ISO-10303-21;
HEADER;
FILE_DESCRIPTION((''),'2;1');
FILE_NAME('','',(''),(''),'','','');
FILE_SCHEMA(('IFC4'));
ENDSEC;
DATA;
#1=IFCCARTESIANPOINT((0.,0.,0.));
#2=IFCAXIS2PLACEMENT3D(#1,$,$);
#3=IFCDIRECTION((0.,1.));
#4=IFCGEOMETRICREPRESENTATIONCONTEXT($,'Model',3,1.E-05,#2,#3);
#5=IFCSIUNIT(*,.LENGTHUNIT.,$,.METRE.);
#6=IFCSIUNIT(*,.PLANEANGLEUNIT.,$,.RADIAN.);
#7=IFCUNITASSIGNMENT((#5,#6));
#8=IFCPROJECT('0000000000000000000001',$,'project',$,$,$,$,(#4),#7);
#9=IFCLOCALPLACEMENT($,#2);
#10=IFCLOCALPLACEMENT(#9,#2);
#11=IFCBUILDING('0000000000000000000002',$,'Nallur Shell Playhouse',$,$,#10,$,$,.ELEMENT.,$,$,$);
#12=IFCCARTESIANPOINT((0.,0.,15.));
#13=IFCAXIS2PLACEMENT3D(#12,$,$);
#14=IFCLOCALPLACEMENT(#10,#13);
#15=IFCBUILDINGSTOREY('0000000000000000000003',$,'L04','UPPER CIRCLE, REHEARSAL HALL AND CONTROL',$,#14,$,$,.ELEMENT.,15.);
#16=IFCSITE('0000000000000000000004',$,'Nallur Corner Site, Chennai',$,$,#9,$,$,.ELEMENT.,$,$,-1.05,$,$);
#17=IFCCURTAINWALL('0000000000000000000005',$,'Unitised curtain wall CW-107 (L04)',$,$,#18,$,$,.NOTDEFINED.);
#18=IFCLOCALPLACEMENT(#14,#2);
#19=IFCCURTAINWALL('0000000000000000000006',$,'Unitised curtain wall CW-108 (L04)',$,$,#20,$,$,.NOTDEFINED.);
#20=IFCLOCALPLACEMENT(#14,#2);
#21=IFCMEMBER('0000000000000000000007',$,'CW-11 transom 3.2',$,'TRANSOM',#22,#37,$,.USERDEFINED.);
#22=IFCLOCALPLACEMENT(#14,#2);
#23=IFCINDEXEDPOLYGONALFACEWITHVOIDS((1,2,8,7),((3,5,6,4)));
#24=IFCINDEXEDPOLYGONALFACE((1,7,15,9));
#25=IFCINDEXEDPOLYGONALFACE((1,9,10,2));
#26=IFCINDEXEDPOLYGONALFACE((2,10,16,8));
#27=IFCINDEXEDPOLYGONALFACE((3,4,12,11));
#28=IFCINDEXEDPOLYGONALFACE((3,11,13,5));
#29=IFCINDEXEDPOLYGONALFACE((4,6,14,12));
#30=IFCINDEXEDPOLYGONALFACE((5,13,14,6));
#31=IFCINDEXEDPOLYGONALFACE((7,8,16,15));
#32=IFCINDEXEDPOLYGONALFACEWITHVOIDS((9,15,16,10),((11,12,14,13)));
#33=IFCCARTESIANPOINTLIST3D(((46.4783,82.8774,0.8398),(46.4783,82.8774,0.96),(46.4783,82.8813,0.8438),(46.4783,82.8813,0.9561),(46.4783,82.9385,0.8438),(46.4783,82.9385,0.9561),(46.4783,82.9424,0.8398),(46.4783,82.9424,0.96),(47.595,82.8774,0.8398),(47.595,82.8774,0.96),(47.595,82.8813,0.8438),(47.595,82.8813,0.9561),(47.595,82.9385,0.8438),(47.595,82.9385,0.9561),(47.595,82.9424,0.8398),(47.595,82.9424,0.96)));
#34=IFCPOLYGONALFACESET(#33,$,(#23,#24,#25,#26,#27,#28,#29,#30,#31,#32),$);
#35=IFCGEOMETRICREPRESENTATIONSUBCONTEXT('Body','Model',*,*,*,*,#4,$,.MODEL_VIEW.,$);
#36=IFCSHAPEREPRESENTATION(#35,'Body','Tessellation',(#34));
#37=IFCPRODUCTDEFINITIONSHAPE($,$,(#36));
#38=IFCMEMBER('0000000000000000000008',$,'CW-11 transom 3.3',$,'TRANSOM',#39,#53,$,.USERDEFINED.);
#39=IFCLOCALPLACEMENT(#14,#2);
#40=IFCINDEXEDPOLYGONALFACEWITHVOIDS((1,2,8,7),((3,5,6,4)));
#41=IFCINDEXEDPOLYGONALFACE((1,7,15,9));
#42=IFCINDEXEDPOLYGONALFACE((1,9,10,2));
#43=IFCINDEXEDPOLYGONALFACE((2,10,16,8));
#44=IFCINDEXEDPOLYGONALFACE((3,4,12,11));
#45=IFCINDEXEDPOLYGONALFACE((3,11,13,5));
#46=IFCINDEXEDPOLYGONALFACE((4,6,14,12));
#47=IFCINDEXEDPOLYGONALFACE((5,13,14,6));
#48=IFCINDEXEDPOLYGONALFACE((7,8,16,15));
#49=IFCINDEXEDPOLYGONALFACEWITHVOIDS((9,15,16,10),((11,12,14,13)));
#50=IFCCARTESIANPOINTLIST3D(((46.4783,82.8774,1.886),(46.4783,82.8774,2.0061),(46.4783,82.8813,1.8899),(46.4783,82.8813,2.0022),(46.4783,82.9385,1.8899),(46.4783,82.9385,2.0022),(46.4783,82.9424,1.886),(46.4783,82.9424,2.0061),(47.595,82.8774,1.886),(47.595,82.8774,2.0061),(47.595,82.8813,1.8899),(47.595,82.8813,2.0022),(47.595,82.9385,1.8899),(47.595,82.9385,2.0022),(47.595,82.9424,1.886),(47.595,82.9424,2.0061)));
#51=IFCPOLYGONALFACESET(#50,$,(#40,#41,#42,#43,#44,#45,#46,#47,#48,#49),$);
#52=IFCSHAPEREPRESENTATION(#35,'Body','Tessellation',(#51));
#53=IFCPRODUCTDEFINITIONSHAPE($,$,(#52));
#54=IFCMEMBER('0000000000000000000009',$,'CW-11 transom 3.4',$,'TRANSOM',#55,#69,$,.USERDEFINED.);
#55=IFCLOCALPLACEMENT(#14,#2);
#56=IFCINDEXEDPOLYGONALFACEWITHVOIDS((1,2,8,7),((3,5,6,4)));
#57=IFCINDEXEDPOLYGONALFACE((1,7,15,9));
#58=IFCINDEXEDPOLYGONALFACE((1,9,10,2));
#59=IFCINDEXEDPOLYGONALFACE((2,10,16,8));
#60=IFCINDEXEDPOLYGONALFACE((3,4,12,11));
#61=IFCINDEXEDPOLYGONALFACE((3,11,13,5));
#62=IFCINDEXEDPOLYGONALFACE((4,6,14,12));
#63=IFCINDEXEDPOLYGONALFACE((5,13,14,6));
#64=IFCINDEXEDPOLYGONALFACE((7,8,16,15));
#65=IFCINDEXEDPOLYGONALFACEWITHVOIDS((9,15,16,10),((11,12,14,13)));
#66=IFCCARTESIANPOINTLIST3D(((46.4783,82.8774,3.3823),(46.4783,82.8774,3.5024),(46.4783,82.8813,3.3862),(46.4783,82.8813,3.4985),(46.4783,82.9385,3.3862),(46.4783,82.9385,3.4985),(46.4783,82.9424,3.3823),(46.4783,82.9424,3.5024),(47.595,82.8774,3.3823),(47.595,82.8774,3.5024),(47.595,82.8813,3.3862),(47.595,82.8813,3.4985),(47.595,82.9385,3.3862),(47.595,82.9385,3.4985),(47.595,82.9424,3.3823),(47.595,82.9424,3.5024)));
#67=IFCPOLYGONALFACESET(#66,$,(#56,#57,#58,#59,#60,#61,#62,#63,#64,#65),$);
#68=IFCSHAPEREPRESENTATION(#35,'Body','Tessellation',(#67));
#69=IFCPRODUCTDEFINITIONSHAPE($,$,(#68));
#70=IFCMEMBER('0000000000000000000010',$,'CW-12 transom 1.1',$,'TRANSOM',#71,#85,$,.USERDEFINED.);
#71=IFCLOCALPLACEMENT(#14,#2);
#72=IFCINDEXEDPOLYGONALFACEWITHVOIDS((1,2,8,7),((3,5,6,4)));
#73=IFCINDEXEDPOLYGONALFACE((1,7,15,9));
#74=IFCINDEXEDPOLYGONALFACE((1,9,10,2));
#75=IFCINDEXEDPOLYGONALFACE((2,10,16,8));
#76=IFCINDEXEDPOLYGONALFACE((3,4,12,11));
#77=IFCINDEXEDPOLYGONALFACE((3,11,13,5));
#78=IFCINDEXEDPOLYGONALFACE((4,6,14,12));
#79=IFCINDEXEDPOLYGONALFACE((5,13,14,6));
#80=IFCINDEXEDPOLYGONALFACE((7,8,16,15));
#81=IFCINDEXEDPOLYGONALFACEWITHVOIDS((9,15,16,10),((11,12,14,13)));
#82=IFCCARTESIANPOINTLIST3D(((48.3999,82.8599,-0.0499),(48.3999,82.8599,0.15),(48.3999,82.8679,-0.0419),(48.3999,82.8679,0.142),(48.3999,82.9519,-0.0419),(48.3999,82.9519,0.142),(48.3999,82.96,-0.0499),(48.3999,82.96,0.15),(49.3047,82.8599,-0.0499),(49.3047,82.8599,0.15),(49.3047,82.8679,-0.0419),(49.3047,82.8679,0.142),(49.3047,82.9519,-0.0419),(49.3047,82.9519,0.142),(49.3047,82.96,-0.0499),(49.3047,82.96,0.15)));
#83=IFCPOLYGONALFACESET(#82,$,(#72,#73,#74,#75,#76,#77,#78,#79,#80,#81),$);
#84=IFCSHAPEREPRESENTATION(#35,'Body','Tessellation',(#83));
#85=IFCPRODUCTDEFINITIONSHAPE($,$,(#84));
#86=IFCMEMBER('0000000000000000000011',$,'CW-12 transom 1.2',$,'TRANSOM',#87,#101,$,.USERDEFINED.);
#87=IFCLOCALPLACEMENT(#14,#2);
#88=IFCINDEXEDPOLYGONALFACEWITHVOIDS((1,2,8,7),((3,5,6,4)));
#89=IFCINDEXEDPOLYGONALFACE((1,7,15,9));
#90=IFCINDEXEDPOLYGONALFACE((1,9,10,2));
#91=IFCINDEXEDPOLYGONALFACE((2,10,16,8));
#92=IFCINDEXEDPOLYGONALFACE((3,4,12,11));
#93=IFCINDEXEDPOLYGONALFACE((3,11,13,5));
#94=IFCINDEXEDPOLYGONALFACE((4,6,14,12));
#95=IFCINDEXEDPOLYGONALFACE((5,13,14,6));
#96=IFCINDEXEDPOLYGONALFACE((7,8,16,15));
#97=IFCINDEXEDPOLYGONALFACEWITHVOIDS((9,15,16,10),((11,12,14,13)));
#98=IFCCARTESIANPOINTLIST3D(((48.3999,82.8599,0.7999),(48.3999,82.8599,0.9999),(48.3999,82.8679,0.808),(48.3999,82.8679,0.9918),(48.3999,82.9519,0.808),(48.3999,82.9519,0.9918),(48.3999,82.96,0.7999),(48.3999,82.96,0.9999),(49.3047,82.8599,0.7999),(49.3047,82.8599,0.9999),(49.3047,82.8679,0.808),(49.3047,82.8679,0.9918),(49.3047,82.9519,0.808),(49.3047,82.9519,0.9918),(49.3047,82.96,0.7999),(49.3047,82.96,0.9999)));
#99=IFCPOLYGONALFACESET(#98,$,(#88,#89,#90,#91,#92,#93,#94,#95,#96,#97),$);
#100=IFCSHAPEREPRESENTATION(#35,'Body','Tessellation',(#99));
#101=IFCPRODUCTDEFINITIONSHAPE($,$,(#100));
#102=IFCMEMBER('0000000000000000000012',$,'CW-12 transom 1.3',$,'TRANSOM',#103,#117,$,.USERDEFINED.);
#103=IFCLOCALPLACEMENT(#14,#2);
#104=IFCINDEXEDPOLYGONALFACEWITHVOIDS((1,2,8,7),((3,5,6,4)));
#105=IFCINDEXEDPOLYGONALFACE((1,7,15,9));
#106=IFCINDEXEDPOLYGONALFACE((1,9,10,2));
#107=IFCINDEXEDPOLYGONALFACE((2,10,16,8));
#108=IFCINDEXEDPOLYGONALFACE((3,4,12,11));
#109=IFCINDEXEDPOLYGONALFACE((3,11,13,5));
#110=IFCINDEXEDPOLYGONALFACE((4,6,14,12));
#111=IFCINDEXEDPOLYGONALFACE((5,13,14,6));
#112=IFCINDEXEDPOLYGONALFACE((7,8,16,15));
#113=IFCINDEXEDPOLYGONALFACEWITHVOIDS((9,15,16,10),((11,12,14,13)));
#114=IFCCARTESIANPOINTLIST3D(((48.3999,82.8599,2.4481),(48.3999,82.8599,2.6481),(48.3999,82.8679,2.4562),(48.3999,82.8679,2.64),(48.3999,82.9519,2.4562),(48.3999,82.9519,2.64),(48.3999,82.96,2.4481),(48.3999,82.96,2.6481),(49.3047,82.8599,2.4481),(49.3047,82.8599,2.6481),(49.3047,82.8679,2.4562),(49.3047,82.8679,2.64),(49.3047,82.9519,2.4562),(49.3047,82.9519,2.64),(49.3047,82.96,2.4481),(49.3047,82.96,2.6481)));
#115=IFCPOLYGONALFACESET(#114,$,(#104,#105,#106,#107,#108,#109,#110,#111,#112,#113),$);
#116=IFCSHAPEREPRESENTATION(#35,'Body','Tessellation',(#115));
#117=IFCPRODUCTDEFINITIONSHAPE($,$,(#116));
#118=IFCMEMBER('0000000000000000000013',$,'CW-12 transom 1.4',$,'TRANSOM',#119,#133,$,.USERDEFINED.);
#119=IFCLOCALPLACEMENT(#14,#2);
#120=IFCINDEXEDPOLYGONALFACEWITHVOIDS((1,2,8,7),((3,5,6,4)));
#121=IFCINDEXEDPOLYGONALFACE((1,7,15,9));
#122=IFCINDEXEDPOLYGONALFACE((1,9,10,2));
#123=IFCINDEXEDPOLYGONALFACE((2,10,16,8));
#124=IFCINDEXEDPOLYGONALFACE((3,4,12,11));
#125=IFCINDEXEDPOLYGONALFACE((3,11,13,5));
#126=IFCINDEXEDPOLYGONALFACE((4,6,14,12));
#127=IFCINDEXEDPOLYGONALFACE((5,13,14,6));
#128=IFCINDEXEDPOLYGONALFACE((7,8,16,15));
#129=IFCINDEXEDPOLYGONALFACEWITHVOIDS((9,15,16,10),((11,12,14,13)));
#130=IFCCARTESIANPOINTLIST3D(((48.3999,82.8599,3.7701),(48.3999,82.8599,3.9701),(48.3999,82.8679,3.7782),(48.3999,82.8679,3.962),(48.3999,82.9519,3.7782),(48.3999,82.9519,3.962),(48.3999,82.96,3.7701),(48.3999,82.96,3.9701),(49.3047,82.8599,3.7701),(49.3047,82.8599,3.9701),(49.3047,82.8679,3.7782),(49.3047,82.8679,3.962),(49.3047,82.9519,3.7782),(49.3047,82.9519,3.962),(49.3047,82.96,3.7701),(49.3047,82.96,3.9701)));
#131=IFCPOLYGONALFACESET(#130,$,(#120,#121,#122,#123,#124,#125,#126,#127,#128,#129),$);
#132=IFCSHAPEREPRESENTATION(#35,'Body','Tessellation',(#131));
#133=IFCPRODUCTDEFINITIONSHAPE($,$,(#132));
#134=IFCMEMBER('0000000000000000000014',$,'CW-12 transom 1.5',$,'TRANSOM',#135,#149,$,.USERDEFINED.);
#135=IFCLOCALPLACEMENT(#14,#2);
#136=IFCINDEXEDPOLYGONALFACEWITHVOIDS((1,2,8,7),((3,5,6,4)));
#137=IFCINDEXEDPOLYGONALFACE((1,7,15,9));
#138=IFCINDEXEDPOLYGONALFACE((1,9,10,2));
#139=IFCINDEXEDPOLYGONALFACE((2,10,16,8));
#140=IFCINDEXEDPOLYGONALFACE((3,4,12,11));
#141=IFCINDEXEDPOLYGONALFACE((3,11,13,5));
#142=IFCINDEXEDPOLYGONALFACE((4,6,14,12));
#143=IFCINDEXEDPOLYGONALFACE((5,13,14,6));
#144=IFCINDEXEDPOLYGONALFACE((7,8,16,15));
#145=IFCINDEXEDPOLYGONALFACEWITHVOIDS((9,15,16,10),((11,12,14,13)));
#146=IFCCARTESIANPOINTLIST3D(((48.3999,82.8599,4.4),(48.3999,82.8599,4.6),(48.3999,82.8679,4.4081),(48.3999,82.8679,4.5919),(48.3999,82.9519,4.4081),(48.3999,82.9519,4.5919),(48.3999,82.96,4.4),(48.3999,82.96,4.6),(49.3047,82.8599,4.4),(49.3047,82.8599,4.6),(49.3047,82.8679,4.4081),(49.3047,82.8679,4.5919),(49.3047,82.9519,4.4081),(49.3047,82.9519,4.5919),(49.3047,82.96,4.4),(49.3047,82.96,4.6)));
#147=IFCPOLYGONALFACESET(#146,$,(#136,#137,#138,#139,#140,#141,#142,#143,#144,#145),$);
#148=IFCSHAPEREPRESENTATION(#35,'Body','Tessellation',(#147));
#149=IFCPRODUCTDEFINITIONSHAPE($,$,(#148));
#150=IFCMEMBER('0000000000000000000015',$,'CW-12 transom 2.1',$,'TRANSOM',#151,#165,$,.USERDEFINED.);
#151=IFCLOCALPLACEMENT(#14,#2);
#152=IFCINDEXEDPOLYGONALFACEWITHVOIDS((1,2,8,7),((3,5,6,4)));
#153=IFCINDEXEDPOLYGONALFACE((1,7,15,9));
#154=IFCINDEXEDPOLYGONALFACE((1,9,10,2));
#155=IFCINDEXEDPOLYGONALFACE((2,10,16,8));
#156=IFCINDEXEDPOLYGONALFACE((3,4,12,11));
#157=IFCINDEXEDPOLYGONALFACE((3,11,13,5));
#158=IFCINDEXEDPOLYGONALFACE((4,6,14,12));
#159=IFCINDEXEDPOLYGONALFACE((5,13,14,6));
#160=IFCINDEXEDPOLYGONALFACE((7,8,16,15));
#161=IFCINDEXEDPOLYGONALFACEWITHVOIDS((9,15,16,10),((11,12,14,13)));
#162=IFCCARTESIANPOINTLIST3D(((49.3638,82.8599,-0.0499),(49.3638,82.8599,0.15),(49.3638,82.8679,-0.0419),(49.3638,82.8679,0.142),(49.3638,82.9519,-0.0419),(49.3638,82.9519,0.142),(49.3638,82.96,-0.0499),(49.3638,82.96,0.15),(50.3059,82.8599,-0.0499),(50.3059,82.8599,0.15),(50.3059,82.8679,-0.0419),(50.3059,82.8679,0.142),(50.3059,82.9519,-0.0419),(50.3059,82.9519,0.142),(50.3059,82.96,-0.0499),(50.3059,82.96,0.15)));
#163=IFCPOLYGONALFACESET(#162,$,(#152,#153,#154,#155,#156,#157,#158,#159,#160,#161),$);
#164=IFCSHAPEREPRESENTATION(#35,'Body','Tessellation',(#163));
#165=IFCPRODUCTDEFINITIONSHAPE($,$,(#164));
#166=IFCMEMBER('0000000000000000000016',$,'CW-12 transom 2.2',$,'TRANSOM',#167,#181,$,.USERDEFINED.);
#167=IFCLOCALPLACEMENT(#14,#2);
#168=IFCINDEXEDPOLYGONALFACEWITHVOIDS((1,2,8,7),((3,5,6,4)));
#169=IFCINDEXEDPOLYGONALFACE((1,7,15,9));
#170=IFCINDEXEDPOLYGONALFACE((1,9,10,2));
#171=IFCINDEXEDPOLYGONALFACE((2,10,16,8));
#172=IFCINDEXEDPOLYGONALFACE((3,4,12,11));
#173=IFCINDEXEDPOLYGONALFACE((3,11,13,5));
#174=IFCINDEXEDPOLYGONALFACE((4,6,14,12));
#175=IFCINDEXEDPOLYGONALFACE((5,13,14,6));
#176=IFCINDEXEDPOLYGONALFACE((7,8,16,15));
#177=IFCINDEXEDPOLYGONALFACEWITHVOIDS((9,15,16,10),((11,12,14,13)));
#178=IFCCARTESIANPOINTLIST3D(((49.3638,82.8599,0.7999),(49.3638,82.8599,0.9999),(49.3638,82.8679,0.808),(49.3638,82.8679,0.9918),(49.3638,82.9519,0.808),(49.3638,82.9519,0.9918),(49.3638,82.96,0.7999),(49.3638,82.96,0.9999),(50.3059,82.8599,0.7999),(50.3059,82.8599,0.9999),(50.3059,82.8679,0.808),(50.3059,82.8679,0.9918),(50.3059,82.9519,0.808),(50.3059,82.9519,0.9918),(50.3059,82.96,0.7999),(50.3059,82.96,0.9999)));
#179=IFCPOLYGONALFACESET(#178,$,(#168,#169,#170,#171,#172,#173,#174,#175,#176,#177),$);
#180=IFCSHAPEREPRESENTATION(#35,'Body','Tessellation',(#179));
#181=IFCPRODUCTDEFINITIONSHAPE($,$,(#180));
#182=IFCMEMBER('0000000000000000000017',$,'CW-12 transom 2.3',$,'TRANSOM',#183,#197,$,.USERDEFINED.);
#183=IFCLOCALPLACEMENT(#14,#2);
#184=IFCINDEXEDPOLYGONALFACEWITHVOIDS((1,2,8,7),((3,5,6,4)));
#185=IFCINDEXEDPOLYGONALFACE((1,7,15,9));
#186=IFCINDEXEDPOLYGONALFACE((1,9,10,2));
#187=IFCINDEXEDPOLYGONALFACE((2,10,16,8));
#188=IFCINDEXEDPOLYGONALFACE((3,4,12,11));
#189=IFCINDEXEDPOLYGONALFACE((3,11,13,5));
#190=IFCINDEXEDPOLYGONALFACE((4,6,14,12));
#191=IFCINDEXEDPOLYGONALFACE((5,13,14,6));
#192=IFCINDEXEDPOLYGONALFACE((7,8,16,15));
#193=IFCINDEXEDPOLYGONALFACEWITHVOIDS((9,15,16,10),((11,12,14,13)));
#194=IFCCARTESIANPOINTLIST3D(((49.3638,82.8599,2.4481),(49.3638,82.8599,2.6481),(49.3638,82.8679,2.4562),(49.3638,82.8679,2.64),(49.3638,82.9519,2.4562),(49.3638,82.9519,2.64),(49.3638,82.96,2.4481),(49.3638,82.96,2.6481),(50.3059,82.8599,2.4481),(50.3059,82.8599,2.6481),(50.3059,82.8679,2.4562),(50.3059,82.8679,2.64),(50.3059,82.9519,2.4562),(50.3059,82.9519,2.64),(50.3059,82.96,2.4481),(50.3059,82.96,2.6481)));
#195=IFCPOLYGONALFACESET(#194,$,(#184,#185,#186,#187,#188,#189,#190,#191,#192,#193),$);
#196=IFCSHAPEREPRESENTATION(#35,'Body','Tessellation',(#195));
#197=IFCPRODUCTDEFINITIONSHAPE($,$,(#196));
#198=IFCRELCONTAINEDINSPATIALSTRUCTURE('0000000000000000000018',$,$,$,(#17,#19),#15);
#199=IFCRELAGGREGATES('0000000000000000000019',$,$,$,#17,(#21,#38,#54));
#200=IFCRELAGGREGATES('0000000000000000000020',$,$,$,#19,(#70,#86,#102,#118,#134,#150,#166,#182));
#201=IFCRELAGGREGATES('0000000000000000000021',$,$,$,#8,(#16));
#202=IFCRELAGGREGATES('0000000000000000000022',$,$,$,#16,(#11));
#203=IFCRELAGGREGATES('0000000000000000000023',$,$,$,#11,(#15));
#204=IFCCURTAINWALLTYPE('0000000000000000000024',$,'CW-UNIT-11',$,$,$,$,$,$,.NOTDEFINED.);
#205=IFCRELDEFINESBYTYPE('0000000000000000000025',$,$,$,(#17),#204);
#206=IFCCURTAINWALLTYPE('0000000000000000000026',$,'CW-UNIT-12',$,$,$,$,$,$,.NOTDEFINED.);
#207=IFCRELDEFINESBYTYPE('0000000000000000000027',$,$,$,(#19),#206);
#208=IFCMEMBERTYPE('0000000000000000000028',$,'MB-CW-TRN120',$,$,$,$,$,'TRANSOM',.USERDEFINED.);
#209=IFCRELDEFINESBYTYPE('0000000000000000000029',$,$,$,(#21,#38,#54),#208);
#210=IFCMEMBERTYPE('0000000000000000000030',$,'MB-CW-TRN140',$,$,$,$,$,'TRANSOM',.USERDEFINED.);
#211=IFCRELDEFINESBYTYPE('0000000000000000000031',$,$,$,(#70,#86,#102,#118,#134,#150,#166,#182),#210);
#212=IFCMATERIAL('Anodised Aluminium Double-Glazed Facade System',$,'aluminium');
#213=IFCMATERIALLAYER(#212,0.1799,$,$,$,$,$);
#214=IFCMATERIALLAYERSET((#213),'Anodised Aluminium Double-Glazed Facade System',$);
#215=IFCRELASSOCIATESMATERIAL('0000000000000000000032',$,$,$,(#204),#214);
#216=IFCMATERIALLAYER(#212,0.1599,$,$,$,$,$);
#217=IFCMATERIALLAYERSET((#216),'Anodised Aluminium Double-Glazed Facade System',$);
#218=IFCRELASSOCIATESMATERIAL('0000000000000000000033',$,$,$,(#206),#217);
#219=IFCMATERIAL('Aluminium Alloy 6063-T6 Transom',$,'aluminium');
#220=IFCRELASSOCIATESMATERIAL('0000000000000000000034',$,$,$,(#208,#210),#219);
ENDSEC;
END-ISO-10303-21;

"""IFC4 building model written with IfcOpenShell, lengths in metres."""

from ifc_helpers import new_model, si_unit, direction, frame, origin, origin_2d, place, context, subcontext, project, spatial, hollow_rectangle, extrude, material, layer, layer_set, material_profile, profile_set, type_object, element, aggregate, save


model = new_model("IFC4")

# Units and contexts
model_context = context("Model", 3, precision=1e-05, world=origin(), true_north=direction((0.0, 1.0)))
body_context = subcontext(model_context, "Body", "Model", "MODEL_VIEW")
ifc_project = project(units=[si_unit("LENGTHUNIT", "METRE"), si_unit("PLANEANGLEUNIT", "RADIAN")], contexts=[model_context])

# Site, building, storey
site_placement = place(None, origin())
site = spatial("IfcSite", under=ifc_project, at=site_placement, Name="Nallur Corner Site, Chennai", CompositionType="ELEMENT", RefElevation=-1.05)
building_placement = place(site_placement, origin())
building = spatial("IfcBuilding", under=site, at=building_placement, Name="Nallur Shell Playhouse", CompositionType="ELEMENT")
storey_placement = place(building_placement, frame((0.0, 0.0, 15.0)))
storey = spatial("IfcBuildingStorey", under=building, at=storey_placement, Name="L04", Description="UPPER CIRCLE, REHEARSAL HALL AND CONTROL", CompositionType="ELEMENT", Elevation=15.0)

# Curtain walls
ifc_material_1 = material(Name="Anodised Aluminium Double-Glazed Facade System", Category="aluminium")
ifc_layer_1 = layer(ifc_material_1, 0.1799)
ifc_layer_set_1 = layer_set([ifc_layer_1], Name="Anodised Aluminium Double-Glazed Facade System")
curtain_wall_type_1 = type_object("IfcCurtainWallType", Name="CW-UNIT-11", PredefinedType="NOTDEFINED", material=ifc_layer_set_1)
curtain_wall_1_placement = place(storey_placement, origin())
curtain_wall_1 = element("IfcCurtainWall", 1, at=curtain_wall_1_placement, inside=storey, type_object=curtain_wall_type_1, Name="Unitised curtain wall CW-107 (L04)", PredefinedType="NOTDEFINED")
ifc_layer_2 = layer(ifc_material_1, 0.1599)
ifc_layer_set_2 = layer_set([ifc_layer_2], Name="Anodised Aluminium Double-Glazed Facade System")
curtain_wall_type_2 = type_object("IfcCurtainWallType", Name="CW-UNIT-12", PredefinedType="NOTDEFINED", material=ifc_layer_set_2)
curtain_wall_2_placement = place(storey_placement, origin())
curtain_wall_2 = element("IfcCurtainWall", 2, at=curtain_wall_2_placement, inside=storey, type_object=curtain_wall_type_2, Name="Unitised curtain wall CW-108 (L04)", PredefinedType="NOTDEFINED")

# Members
ifc_material_2 = material(Name="Aluminium Alloy 6063-T6 Transom", Category="aluminium")
ifc_material_profile_1 = material_profile(ifc_material_2, hollow_rectangle(XDim=0.0649, YDim=0.1201, WallThickness=0.0039, at=origin_2d()), Name="ALU 65x120x4")
ifc_profile_set_1 = profile_set([ifc_material_profile_1], Name="Aluminium Alloy 6063-T6 Transom")
member_type_1 = type_object("IfcMemberType", Name="MB-CW-TRN120", ElementType="TRANSOM", PredefinedType="USERDEFINED", material=ifc_profile_set_1)
member_1_placement = place(storey_placement, frame((46.4783, 82.9099, 0.8999), z_axis=(1.0, 0.0, 0.0), x_axis=(0.0, 1.0, 0.0)))
member_1 = element("IfcMember", 3, at=member_1_placement, type_object=member_type_1, Name="CW-11 transom 3.2", ObjectType="TRANSOM", PredefinedType="USERDEFINED", context=body_context, shape_type="SweptSolid", body=[
    extrude(hollow_rectangle(XDim=0.0649, YDim=0.1201, WallThickness=0.0039, at=origin_2d()), origin(), (0.0, 0.0, 1.0), 1.1167),
])
member_2_placement = place(storey_placement, frame((46.4783, 82.9099, 1.946), z_axis=(1.0, 0.0, 0.0), x_axis=(0.0, 1.0, 0.0)))
member_2 = element("IfcMember", 4, at=member_2_placement, type_object=member_type_1, Name="CW-11 transom 3.3", ObjectType="TRANSOM", PredefinedType="USERDEFINED", context=body_context, shape_type="SweptSolid", body=[
    extrude(hollow_rectangle(XDim=0.0649, YDim=0.1201, WallThickness=0.0039, at=origin_2d()), origin(), (0.0, 0.0, 1.0), 1.1167),
])
member_3_placement = place(storey_placement, frame((46.4783, 82.9099, 3.4424), z_axis=(1.0, 0.0, 0.0), x_axis=(0.0, 1.0, 0.0)))
member_3 = element("IfcMember", 5, at=member_3_placement, type_object=member_type_1, Name="CW-11 transom 3.4", ObjectType="TRANSOM", PredefinedType="USERDEFINED", context=body_context, shape_type="SweptSolid", body=[
    extrude(hollow_rectangle(XDim=0.0649, YDim=0.1201, WallThickness=0.0039, at=origin_2d()), origin(), (0.0, 0.0, 1.0), 1.1167),
])
ifc_material_profile_2 = material_profile(ifc_material_2, hollow_rectangle(XDim=0.1001, YDim=0.2, WallThickness=0.0081, at=origin_2d()), Name="RHS 200x100x8")
ifc_profile_set_2 = profile_set([ifc_material_profile_2], Name="Aluminium Alloy 6063-T6 Transom")
member_type_2 = type_object("IfcMemberType", Name="MB-CW-TRN140", ElementType="TRANSOM", PredefinedType="USERDEFINED", material=ifc_profile_set_2)
member_4_placement = place(storey_placement, frame((48.3999, 82.9099, 0.05), z_axis=(1.0, 0.0, 0.0), x_axis=(0.0, 1.0, 0.0)))
member_4 = element("IfcMember", 6, at=member_4_placement, type_object=member_type_2, Name="CW-12 transom 1.1", ObjectType="TRANSOM", PredefinedType="USERDEFINED", context=body_context, shape_type="SweptSolid", body=[
    extrude(hollow_rectangle(XDim=0.1001, YDim=0.2, WallThickness=0.0081, at=origin_2d()), origin(), (0.0, 0.0, 1.0), 0.9048),
])
member_5_placement = place(storey_placement, frame((48.3999, 82.9099, 0.8999), z_axis=(1.0, 0.0, 0.0), x_axis=(0.0, 1.0, 0.0)))
member_5 = element("IfcMember", 7, at=member_5_placement, type_object=member_type_2, Name="CW-12 transom 1.2", ObjectType="TRANSOM", PredefinedType="USERDEFINED", context=body_context, shape_type="SweptSolid", body=[
    extrude(hollow_rectangle(XDim=0.1001, YDim=0.2, WallThickness=0.0081, at=origin_2d()), origin(), (0.0, 0.0, 1.0), 0.9048),
])
member_6_placement = place(storey_placement, frame((48.3999, 82.9099, 2.5481), z_axis=(1.0, 0.0, 0.0), x_axis=(0.0, 1.0, 0.0)))
member_6 = element("IfcMember", 8, at=member_6_placement, type_object=member_type_2, Name="CW-12 transom 1.3", ObjectType="TRANSOM", PredefinedType="USERDEFINED", context=body_context, shape_type="SweptSolid", body=[
    extrude(hollow_rectangle(XDim=0.1001, YDim=0.2, WallThickness=0.0081, at=origin_2d()), origin(), (0.0, 0.0, 1.0), 0.9048),
])
member_7_placement = place(storey_placement, frame((48.3999, 82.9099, 3.8701), z_axis=(1.0, 0.0, 0.0), x_axis=(0.0, 1.0, 0.0)))
member_7 = element("IfcMember", 9, at=member_7_placement, type_object=member_type_2, Name="CW-12 transom 1.4", ObjectType="TRANSOM", PredefinedType="USERDEFINED", context=body_context, shape_type="SweptSolid", body=[
    extrude(hollow_rectangle(XDim=0.1001, YDim=0.2, WallThickness=0.0081, at=origin_2d()), origin(), (0.0, 0.0, 1.0), 0.9048),
])
member_8_placement = place(storey_placement, frame((48.3999, 82.9099, 4.5), z_axis=(1.0, 0.0, 0.0), x_axis=(0.0, 1.0, 0.0)))
member_8 = element("IfcMember", 10, at=member_8_placement, type_object=member_type_2, Name="CW-12 transom 1.5", ObjectType="TRANSOM", PredefinedType="USERDEFINED", context=body_context, shape_type="SweptSolid", body=[
    extrude(hollow_rectangle(XDim=0.1001, YDim=0.2, WallThickness=0.0081, at=origin_2d()), origin(), (0.0, 0.0, 1.0), 0.9048),
])
member_9_placement = place(storey_placement, frame((49.3638, 82.9099, 0.05), z_axis=(1.0, 0.0, 0.0), x_axis=(0.0, 1.0, 0.0)))
member_9 = element("IfcMember", 11, at=member_9_placement, type_object=member_type_2, Name="CW-12 transom 2.1", ObjectType="TRANSOM", PredefinedType="USERDEFINED", context=body_context, shape_type="SweptSolid", body=[
    extrude(hollow_rectangle(XDim=0.1001, YDim=0.2, WallThickness=0.0081, at=origin_2d()), origin(), (0.0, 0.0, 1.0), 0.9421),
])
member_10_placement = place(storey_placement, frame((49.3638, 82.9099, 0.8999), z_axis=(1.0, 0.0, 0.0), x_axis=(0.0, 1.0, 0.0)))
member_10 = element("IfcMember", 12, at=member_10_placement, type_object=member_type_2, Name="CW-12 transom 2.2", ObjectType="TRANSOM", PredefinedType="USERDEFINED", context=body_context, shape_type="SweptSolid", body=[
    extrude(hollow_rectangle(XDim=0.1001, YDim=0.2, WallThickness=0.0081, at=origin_2d()), origin(), (0.0, 0.0, 1.0), 0.9421),
])
member_11_placement = place(storey_placement, frame((49.3638, 82.9099, 2.5481), z_axis=(1.0, 0.0, 0.0), x_axis=(0.0, 1.0, 0.0)))
member_11 = element("IfcMember", 13, at=member_11_placement, type_object=member_type_2, Name="CW-12 transom 2.3", ObjectType="TRANSOM", PredefinedType="USERDEFINED", context=body_context, shape_type="SweptSolid", body=[
    extrude(hollow_rectangle(XDim=0.1001, YDim=0.2, WallThickness=0.0081, at=origin_2d()), origin(), (0.0, 0.0, 1.0), 0.9421),
])

aggregate(curtain_wall_1, [member_1, member_2, member_3])
aggregate(curtain_wall_2, [member_4, member_5, member_6, member_7, member_8, member_9, member_10, member_11])

save(model, "model.ifc")
